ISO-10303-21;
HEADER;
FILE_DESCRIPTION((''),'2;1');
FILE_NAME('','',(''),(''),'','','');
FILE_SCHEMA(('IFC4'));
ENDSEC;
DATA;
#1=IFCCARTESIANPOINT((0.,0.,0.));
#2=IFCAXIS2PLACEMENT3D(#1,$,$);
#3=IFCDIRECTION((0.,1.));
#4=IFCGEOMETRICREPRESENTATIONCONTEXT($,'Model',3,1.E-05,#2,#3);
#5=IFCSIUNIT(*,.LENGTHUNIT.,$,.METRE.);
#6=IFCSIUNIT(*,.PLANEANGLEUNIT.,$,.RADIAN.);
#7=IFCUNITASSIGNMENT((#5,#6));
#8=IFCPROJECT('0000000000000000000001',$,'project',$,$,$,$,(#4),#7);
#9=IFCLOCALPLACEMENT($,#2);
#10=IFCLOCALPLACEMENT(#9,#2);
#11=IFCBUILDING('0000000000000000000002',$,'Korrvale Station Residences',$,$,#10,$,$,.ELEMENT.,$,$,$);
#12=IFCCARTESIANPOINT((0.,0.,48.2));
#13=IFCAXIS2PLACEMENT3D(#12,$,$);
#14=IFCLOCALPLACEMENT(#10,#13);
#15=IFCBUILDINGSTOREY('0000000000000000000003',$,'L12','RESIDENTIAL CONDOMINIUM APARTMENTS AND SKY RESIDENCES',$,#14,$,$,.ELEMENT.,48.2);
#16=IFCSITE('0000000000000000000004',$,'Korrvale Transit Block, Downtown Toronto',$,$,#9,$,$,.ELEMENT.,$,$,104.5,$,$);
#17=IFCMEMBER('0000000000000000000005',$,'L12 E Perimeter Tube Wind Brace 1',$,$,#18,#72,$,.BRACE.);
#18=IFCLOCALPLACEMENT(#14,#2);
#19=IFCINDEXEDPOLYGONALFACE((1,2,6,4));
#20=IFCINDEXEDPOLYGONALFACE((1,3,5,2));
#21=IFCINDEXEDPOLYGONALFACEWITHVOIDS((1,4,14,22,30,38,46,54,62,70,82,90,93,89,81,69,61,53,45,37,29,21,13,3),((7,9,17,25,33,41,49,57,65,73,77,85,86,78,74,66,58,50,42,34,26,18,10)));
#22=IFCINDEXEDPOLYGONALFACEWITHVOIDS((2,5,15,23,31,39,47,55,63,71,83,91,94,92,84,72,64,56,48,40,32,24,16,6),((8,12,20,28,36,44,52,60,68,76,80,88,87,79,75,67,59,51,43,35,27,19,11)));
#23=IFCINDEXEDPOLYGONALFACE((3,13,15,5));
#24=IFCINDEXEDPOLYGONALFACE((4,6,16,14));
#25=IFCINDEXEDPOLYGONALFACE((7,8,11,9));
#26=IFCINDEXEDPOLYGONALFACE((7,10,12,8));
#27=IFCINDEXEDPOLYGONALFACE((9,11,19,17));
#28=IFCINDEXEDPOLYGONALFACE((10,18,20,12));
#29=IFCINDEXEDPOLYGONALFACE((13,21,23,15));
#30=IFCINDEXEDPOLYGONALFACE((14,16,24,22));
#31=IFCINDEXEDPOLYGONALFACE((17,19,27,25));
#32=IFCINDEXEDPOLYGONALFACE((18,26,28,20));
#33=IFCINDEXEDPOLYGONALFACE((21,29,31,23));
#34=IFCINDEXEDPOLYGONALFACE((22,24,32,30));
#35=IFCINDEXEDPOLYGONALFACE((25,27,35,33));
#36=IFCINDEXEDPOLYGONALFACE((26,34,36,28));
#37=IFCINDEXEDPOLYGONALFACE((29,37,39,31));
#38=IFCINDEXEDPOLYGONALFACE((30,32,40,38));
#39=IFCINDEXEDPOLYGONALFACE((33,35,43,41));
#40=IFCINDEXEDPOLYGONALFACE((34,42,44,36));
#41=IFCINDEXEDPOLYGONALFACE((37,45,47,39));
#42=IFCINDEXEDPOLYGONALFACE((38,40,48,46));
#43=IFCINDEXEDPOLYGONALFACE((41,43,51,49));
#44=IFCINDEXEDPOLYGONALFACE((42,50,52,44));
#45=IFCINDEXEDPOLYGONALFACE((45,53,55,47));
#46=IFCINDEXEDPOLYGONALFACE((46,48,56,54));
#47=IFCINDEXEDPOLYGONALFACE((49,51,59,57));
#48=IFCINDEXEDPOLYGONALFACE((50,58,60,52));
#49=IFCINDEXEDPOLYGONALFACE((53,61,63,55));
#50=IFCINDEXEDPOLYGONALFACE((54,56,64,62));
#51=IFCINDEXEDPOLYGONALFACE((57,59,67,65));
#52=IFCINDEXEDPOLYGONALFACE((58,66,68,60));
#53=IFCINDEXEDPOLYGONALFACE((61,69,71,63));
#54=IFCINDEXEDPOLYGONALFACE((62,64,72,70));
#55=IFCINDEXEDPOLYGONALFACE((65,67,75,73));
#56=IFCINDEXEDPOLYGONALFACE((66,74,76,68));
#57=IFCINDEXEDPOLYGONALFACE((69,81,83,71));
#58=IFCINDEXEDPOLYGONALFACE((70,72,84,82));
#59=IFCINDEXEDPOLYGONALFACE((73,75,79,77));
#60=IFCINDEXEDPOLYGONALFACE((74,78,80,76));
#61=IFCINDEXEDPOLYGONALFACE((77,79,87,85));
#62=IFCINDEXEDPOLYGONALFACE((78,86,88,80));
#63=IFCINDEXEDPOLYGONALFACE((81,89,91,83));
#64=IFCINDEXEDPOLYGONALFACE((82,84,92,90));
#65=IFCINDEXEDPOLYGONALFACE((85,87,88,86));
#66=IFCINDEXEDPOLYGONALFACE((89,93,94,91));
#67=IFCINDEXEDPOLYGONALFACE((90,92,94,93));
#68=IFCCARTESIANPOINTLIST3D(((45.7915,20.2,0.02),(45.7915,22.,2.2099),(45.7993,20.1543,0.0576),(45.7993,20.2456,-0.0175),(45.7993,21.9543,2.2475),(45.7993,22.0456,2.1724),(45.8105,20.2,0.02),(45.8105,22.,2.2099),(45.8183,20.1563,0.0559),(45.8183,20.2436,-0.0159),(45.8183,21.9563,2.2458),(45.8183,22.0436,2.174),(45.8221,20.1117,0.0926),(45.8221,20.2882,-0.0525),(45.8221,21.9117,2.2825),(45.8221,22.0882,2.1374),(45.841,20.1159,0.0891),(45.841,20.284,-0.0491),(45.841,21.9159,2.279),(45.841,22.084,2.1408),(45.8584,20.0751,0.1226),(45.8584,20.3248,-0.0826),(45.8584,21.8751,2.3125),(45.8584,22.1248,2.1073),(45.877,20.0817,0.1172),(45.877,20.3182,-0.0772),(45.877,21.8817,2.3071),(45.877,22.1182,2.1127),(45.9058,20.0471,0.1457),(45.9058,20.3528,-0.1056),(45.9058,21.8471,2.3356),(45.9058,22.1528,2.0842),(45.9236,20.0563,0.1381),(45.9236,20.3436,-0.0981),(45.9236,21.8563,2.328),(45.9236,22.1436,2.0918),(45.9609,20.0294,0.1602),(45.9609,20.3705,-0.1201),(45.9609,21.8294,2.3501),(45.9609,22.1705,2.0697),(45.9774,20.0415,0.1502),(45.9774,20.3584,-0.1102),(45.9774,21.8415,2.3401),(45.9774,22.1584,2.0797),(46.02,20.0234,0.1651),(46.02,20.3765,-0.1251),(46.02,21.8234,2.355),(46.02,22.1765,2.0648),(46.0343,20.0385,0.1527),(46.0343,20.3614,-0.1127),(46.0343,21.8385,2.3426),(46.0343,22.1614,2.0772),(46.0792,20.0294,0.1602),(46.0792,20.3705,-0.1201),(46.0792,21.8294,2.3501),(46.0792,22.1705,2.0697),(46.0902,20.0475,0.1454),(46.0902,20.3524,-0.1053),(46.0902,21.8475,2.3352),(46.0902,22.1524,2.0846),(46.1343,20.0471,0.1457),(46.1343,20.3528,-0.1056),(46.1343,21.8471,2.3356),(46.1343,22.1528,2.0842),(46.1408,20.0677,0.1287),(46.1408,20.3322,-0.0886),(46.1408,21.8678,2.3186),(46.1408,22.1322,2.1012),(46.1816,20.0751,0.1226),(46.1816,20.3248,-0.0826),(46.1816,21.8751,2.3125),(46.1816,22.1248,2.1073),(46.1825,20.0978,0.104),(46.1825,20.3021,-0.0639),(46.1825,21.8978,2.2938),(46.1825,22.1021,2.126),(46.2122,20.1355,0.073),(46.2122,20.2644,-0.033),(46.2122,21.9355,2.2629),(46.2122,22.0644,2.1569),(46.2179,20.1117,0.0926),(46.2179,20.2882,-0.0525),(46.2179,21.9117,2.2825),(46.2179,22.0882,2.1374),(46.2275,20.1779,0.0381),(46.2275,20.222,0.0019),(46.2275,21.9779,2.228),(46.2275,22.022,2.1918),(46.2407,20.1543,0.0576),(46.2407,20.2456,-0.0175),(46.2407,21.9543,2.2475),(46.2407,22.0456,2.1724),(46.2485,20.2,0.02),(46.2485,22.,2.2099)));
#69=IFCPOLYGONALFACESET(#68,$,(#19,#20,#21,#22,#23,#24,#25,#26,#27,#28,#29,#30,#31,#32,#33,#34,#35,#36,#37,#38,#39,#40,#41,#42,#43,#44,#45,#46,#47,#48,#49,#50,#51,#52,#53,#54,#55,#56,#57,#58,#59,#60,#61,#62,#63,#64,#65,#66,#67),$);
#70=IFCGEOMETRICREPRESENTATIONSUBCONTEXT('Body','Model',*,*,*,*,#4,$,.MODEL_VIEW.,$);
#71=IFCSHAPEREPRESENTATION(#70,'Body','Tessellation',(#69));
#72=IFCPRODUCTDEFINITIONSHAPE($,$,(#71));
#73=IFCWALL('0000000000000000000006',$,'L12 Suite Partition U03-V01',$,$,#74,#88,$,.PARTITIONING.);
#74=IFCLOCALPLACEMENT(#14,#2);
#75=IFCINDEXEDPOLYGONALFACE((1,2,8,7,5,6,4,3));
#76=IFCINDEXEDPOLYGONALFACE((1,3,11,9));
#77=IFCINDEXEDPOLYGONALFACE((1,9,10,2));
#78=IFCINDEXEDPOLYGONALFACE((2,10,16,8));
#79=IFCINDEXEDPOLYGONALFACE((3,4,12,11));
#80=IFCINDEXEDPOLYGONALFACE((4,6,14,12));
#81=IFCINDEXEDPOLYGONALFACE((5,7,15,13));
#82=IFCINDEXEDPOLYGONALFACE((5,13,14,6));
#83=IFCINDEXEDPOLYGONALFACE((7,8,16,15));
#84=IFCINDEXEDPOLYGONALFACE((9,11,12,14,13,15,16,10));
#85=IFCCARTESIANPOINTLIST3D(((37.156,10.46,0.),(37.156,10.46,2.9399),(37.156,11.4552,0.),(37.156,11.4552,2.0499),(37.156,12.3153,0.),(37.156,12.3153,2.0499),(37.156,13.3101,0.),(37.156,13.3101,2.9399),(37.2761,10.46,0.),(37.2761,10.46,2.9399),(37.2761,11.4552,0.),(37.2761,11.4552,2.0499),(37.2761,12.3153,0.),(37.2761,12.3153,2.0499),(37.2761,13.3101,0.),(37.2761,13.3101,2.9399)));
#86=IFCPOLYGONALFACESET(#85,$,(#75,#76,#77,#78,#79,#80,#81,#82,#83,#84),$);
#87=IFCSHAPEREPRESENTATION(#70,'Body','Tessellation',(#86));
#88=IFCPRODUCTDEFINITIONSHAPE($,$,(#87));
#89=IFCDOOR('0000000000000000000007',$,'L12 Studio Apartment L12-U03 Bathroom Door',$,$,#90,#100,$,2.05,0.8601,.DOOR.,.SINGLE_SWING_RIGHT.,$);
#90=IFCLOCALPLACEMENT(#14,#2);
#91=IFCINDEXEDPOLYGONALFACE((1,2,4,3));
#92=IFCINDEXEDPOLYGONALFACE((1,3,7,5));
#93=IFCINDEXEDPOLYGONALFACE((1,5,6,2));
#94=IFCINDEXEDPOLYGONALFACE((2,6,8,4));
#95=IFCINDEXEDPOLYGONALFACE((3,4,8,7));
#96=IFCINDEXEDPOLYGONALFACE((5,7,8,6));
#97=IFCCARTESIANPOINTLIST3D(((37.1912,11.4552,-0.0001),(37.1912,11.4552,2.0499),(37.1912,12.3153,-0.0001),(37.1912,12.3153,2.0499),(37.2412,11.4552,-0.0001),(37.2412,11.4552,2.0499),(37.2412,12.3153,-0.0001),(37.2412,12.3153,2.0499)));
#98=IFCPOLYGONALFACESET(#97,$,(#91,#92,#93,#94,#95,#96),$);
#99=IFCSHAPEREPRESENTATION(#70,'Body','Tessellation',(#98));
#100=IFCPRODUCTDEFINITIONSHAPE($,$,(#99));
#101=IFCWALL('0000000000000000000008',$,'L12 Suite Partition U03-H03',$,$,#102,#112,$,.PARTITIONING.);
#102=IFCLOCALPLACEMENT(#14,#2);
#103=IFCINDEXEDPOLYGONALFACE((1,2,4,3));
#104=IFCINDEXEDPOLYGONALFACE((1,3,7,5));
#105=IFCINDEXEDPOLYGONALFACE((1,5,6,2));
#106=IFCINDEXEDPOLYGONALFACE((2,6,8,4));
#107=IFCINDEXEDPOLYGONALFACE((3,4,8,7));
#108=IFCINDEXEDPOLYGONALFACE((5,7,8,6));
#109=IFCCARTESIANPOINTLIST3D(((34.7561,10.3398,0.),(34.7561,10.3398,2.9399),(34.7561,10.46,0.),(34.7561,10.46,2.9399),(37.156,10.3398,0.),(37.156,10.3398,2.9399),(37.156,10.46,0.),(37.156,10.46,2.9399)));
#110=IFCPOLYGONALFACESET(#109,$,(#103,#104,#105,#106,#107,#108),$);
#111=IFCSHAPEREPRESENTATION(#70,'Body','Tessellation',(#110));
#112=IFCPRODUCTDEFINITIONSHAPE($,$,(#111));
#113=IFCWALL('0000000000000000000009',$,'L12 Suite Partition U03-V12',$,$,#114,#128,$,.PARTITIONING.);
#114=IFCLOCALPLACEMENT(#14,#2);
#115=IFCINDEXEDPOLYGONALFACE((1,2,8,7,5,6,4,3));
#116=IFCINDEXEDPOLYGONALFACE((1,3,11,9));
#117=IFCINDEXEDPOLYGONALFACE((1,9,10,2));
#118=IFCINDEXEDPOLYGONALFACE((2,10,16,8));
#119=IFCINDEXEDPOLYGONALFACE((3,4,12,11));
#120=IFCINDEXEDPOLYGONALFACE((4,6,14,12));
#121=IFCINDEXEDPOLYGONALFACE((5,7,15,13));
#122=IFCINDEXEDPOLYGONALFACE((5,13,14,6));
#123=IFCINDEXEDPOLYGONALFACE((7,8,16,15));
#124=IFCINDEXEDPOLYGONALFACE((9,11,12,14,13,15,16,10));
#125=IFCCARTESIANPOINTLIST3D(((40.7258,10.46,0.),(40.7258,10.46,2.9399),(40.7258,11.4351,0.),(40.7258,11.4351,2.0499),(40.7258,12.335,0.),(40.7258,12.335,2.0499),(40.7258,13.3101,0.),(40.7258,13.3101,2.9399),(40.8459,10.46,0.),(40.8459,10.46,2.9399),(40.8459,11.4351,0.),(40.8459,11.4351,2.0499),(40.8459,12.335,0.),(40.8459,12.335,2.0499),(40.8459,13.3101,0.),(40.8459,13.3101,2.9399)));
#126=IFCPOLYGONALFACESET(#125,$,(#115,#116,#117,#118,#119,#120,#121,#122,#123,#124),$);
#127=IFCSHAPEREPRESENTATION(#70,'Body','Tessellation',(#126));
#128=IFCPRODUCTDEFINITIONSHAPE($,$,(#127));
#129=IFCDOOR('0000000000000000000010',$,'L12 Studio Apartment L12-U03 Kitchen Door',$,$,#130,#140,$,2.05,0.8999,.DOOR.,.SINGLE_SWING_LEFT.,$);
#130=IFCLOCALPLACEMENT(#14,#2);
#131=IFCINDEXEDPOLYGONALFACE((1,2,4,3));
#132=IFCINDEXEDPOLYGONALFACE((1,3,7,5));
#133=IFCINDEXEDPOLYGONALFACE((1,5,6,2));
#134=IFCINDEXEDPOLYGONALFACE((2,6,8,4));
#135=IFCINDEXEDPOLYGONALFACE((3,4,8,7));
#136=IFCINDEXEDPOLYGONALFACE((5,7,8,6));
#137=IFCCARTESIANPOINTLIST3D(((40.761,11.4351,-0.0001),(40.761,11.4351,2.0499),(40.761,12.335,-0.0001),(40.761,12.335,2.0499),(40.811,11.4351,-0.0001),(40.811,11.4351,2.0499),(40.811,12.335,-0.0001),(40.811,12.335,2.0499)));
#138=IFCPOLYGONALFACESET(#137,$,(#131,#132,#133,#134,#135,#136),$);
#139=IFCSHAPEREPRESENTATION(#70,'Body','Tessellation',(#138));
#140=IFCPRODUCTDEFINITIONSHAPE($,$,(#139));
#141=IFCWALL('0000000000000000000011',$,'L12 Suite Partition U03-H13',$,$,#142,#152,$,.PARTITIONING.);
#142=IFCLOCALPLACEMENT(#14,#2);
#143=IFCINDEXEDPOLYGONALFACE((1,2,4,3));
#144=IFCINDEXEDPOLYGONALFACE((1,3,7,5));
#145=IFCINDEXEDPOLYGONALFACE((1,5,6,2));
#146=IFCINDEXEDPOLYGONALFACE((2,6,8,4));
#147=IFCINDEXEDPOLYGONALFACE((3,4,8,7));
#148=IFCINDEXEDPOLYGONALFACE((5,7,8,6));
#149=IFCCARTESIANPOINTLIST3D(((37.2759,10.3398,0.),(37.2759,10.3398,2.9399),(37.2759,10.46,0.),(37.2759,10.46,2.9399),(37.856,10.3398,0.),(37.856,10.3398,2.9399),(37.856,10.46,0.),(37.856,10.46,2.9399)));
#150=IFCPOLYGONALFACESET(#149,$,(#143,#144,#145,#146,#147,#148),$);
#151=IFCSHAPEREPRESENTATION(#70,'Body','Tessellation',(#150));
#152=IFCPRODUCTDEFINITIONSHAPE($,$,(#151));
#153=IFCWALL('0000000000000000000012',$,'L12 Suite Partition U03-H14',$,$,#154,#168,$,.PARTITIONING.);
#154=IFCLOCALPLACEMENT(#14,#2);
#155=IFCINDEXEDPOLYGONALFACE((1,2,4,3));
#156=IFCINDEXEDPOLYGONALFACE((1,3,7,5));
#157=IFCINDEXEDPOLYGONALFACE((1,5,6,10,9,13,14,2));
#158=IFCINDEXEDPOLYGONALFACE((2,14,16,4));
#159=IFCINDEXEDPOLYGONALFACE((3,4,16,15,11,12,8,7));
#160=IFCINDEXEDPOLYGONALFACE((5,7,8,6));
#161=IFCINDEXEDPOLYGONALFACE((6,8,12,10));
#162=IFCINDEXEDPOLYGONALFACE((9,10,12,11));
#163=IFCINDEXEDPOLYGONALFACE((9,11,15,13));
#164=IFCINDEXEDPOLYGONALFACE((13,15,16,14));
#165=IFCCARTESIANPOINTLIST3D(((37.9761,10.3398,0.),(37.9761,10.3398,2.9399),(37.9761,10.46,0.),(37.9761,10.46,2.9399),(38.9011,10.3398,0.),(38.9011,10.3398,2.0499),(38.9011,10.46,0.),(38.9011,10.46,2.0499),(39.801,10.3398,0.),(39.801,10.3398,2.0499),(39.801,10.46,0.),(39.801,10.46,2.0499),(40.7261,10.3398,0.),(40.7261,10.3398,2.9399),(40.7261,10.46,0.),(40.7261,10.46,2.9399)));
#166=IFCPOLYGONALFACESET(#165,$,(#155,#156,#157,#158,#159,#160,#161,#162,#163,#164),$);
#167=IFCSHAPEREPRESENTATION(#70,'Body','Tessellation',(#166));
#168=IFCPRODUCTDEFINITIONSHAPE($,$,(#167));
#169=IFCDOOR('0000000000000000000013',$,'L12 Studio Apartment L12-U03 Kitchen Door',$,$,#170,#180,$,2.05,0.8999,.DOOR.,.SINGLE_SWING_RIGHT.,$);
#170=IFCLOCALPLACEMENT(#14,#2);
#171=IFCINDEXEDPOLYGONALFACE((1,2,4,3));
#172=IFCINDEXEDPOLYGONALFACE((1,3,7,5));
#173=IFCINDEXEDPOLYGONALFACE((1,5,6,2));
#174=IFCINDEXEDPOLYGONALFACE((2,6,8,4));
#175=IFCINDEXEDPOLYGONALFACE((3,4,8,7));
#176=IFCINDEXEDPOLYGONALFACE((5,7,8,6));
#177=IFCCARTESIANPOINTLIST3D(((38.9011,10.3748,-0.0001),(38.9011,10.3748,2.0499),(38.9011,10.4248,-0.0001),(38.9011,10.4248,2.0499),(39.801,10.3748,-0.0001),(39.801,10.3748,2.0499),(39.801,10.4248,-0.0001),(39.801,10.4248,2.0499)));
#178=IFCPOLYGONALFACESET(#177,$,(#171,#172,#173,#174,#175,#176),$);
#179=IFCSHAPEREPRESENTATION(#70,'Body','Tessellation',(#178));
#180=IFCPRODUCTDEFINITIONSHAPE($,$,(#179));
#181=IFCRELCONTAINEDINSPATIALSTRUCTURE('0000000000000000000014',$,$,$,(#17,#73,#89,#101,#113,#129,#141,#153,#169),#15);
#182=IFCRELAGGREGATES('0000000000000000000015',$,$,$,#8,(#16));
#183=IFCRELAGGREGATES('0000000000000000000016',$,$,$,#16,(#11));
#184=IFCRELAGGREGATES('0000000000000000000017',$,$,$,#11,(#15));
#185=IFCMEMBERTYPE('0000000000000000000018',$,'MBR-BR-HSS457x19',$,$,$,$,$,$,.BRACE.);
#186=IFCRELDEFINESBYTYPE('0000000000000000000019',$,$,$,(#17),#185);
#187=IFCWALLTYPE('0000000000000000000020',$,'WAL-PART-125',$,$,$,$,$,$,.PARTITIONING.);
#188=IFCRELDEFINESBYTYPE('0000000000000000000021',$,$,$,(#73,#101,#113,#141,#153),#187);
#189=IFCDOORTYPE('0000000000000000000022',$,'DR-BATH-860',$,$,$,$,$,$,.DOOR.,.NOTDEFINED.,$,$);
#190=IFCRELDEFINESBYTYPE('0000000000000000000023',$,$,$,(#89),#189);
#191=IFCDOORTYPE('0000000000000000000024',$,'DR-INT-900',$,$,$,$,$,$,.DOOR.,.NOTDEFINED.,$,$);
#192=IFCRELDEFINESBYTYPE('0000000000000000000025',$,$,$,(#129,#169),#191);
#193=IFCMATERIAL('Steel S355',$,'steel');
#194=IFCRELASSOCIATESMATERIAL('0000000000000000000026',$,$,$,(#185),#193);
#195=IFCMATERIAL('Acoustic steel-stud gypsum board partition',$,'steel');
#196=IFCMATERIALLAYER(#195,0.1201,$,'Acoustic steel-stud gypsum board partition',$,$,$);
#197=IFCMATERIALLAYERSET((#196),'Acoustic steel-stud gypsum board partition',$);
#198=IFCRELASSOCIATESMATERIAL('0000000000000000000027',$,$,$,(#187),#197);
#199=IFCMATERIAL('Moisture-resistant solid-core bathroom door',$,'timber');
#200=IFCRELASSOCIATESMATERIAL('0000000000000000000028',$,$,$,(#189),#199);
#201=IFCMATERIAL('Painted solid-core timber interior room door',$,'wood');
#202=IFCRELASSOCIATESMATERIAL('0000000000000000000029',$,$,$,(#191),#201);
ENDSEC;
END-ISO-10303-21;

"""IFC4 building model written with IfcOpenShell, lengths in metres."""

from ifc_helpers import new_model, si_unit, direction, frame, frame_2d, origin, origin_2d, place, context, subcontext, project, spatial, rectangle, hollow_circle, extrude, material, layer, layer_set, material_profile, profile_set, type_object, element, fill, save


model = new_model("IFC4")

# Units and contexts
model_context = context("Model", 3, precision=1e-05, world=origin(), true_north=direction((0.0, 1.0)))
body_context = subcontext(model_context, "Body", "Model", "MODEL_VIEW")
ifc_project = project(units=[si_unit("LENGTHUNIT", "METRE"), si_unit("PLANEANGLEUNIT", "RADIAN")], contexts=[model_context])

# Site, building, storey
site_placement = place(None, origin())
site = spatial("IfcSite", under=ifc_project, at=site_placement, Name="Korrvale Transit Block, Downtown Toronto", CompositionType="ELEMENT", RefElevation=104.5)
building_placement = place(site_placement, origin())
building = spatial("IfcBuilding", under=site, at=building_placement, Name="Korrvale Station Residences", CompositionType="ELEMENT")
storey_placement = place(building_placement, frame((0.0, 0.0, 48.2)))
storey = spatial("IfcBuildingStorey", under=building, at=storey_placement, Name="L12", Description="RESIDENTIAL CONDOMINIUM APARTMENTS AND SKY RESIDENCES", CompositionType="ELEMENT", Elevation=48.2)

# Shared definitions
ifc_material_1 = material(Name="Steel S355", Category="steel")

# Member
ifc_material_profile_1 = material_profile(ifc_material_1, hollow_circle(Radius=0.2285, WallThickness=0.019, at=origin_2d()), Name="HSS457x19")
ifc_profile_set_1 = profile_set([ifc_material_profile_1], Name="Steel S355")
member_type = type_object("IfcMemberType", Name="MBR-BR-HSS457x19", PredefinedType="BRACE", material=ifc_profile_set_1)
member_placement = place(storey_placement, frame((46.02, 20.2, 0.02), z_axis=(0.0, 0.634985, 0.772524), x_axis=(-1.0, 0.0, 0.0)))
element("IfcMember", 1, at=member_placement, inside=storey, type_object=member_type, Name="L12 E Perimeter Tube Wind Brace 1", PredefinedType="BRACE", context=body_context, shape_type="SweptSolid", body=[
    extrude(hollow_circle(Radius=0.2285, WallThickness=0.019, at=origin_2d()), origin(), (0.0, 0.0, 1.0), 2.8347),
])

# Wall, opening, door
ifc_material_2 = material(Name="Acoustic steel-stud gypsum board partition", Category="steel")
ifc_layer_1 = layer(ifc_material_2, 0.1201, Name="Acoustic steel-stud gypsum board partition")
ifc_layer_set_1 = layer_set([ifc_layer_1], Name="Acoustic steel-stud gypsum board partition")
wall_type_1 = type_object("IfcWallType", Name="WAL-PART-125", PredefinedType="PARTITIONING", material=ifc_layer_set_1)
wall_1_placement = place(storey_placement, frame((37.2161, 10.46, 0.0), z_axis=(0.0, 0.0, 1.0), x_axis=(0.0, 1.0, 0.0)))
wall_1 = element("IfcWall", 2, at=wall_1_placement, inside=storey, type_object=wall_type_1, Name="L12 Suite Partition U03-V01", PredefinedType="PARTITIONING", context=body_context, shape_type="SweptSolid", body=[
    extrude(rectangle(XDim=2.8501, YDim=0.1201, at=frame_2d((1.425, 0.0))), origin(), (0.0, 0.0, 1.0), 2.9399),
])
opening_1_placement = place(wall_1_placement, frame((0.9951, 0.0, 0.0)))
opening_1 = element("IfcOpeningElement", 3, at=opening_1_placement, cuts=wall_1, PredefinedType="OPENING", context=body_context, shape_type="SweptSolid", body=[
    extrude(rectangle(XDim=0.8601, YDim=2.05, at=frame_2d((0.4302, 1.0249))), frame((0.0, 0.0701, 0.0), z_axis=(0.0, -1.0, 0.0), x_axis=(1.0, 0.0, 0.0)), (0.0, 0.0, 1.0), 0.1401),
])
ifc_material_3 = material(Name="Moisture-resistant solid-core bathroom door", Category="timber")
door_type_1 = type_object("IfcDoorType", Name="DR-BATH-860", OperationType="NOTDEFINED", PredefinedType="DOOR", material=ifc_material_3)
door_1_placement = place(opening_1_placement, origin())
door_1 = element("IfcDoor", 4, at=door_1_placement, inside=storey, type_object=door_type_1, Name="L12 Studio Apartment L12-U03 Bathroom Door", OperationType="SINGLE_SWING_RIGHT", OverallHeight=2.05, OverallWidth=0.8601, PredefinedType="DOOR", context=body_context, shape_type="SweptSolid", body=[
    extrude(rectangle(XDim=0.8601, YDim=2.05, at=frame_2d((0.4302, 1.0249))), frame((0.0, 0.0249, 0.0), z_axis=(0.0, -1.0, 0.0), x_axis=(1.0, 0.0, 0.0)), (0.0, 0.0, 1.0), 0.05),
])
fill(opening_1, door_1)

# Wall
wall_2_placement = place(storey_placement, frame((34.7561, 10.3999, 0.0), z_axis=(0.0, 0.0, 1.0), x_axis=(1.0, 0.0, 0.0)))
element("IfcWall", 5, at=wall_2_placement, inside=storey, type_object=wall_type_1, Name="L12 Suite Partition U03-H03", PredefinedType="PARTITIONING", context=body_context, shape_type="SweptSolid", body=[
    extrude(rectangle(XDim=2.3999, YDim=0.1201, at=frame_2d((1.2, 0.0))), origin(), (0.0, 0.0, 1.0), 2.9399),
])

# Wall, opening, door
wall_3_placement = place(storey_placement, frame((40.7859, 10.46, 0.0), z_axis=(0.0, 0.0, 1.0), x_axis=(0.0, 1.0, 0.0)))
wall_3 = element("IfcWall", 6, at=wall_3_placement, inside=storey, type_object=wall_type_1, Name="L12 Suite Partition U03-V12", PredefinedType="PARTITIONING", context=body_context, shape_type="SweptSolid", body=[
    extrude(rectangle(XDim=2.8501, YDim=0.1201, at=frame_2d((1.425, 0.0))), origin(), (0.0, 0.0, 1.0), 2.9399),
])
opening_2_placement = place(wall_3_placement, frame((0.9751, 0.0, 0.0)))
opening_2 = element("IfcOpeningElement", 7, at=opening_2_placement, cuts=wall_3, PredefinedType="OPENING", context=body_context, shape_type="SweptSolid", body=[
    extrude(rectangle(XDim=0.8999, YDim=2.05, at=frame_2d((0.45, 1.0249))), frame((0.0, 0.0701, 0.0), z_axis=(0.0, -1.0, 0.0), x_axis=(1.0, 0.0, 0.0)), (0.0, 0.0, 1.0), 0.1401),
])
ifc_material_4 = material(Name="Painted solid-core timber interior room door", Category="wood")
door_type_2 = type_object("IfcDoorType", Name="DR-INT-900", OperationType="NOTDEFINED", PredefinedType="DOOR", material=ifc_material_4)
door_2_placement = place(opening_2_placement, origin())
door_2 = element("IfcDoor", 8, at=door_2_placement, inside=storey, type_object=door_type_2, Name="L12 Studio Apartment L12-U03 Kitchen Door", OperationType="SINGLE_SWING_LEFT", OverallHeight=2.05, OverallWidth=0.8999, PredefinedType="DOOR", context=body_context, shape_type="SweptSolid", body=[
    extrude(rectangle(XDim=0.8999, YDim=2.05, at=frame_2d((0.45, 1.0249))), frame((0.0, 0.0249, 0.0), z_axis=(0.0, -1.0, 0.0), x_axis=(1.0, 0.0, 0.0)), (0.0, 0.0, 1.0), 0.05),
])
fill(opening_2, door_2)

# Wall
wall_4_placement = place(storey_placement, frame((37.2759, 10.3999, 0.0), z_axis=(0.0, 0.0, 1.0), x_axis=(1.0, 0.0, 0.0)))
element("IfcWall", 9, at=wall_4_placement, inside=storey, type_object=wall_type_1, Name="L12 Suite Partition U03-H13", PredefinedType="PARTITIONING", context=body_context, shape_type="SweptSolid", body=[
    extrude(rectangle(XDim=0.5801, YDim=0.1201, at=frame_2d((0.29, 0.0))), origin(), (0.0, 0.0, 1.0), 2.9399),
])

# Wall, opening, door
wall_5_placement = place(storey_placement, frame((37.9761, 10.3999, 0.0), z_axis=(0.0, 0.0, 1.0), x_axis=(1.0, 0.0, 0.0)))
wall_5 = element("IfcWall", 10, at=wall_5_placement, inside=storey, type_object=wall_type_1, Name="L12 Suite Partition U03-H14", PredefinedType="PARTITIONING", context=body_context, shape_type="SweptSolid", body=[
    extrude(rectangle(XDim=2.75, YDim=0.1201, at=frame_2d((1.375, 0.0))), origin(), (0.0, 0.0, 1.0), 2.9399),
])
opening_3_placement = place(wall_5_placement, frame((0.925, 0.0, 0.0)))
opening_3 = element("IfcOpeningElement", 11, at=opening_3_placement, cuts=wall_5, PredefinedType="OPENING", context=body_context, shape_type="SweptSolid", body=[
    extrude(rectangle(XDim=0.8999, YDim=2.05, at=frame_2d((0.45, 1.0249))), frame((0.0, 0.0701, 0.0), z_axis=(0.0, -1.0, 0.0), x_axis=(1.0, 0.0, 0.0)), (0.0, 0.0, 1.0), 0.1401),
])
door_3_placement = place(opening_3_placement, origin())
door_3 = element("IfcDoor", 12, at=door_3_placement, inside=storey, type_object=door_type_2, Name="L12 Studio Apartment L12-U03 Kitchen Door", OperationType="SINGLE_SWING_RIGHT", OverallHeight=2.05, OverallWidth=0.8999, PredefinedType="DOOR", context=body_context, shape_type="SweptSolid", body=[
    extrude(rectangle(XDim=0.8999, YDim=2.05, at=frame_2d((0.45, 1.0249))), frame((0.0, 0.0249, 0.0), z_axis=(0.0, -1.0, 0.0), x_axis=(1.0, 0.0, 0.0)), (0.0, 0.0, 1.0), 0.05),
])
fill(opening_3, door_3)

save(model, "model.ifc")
